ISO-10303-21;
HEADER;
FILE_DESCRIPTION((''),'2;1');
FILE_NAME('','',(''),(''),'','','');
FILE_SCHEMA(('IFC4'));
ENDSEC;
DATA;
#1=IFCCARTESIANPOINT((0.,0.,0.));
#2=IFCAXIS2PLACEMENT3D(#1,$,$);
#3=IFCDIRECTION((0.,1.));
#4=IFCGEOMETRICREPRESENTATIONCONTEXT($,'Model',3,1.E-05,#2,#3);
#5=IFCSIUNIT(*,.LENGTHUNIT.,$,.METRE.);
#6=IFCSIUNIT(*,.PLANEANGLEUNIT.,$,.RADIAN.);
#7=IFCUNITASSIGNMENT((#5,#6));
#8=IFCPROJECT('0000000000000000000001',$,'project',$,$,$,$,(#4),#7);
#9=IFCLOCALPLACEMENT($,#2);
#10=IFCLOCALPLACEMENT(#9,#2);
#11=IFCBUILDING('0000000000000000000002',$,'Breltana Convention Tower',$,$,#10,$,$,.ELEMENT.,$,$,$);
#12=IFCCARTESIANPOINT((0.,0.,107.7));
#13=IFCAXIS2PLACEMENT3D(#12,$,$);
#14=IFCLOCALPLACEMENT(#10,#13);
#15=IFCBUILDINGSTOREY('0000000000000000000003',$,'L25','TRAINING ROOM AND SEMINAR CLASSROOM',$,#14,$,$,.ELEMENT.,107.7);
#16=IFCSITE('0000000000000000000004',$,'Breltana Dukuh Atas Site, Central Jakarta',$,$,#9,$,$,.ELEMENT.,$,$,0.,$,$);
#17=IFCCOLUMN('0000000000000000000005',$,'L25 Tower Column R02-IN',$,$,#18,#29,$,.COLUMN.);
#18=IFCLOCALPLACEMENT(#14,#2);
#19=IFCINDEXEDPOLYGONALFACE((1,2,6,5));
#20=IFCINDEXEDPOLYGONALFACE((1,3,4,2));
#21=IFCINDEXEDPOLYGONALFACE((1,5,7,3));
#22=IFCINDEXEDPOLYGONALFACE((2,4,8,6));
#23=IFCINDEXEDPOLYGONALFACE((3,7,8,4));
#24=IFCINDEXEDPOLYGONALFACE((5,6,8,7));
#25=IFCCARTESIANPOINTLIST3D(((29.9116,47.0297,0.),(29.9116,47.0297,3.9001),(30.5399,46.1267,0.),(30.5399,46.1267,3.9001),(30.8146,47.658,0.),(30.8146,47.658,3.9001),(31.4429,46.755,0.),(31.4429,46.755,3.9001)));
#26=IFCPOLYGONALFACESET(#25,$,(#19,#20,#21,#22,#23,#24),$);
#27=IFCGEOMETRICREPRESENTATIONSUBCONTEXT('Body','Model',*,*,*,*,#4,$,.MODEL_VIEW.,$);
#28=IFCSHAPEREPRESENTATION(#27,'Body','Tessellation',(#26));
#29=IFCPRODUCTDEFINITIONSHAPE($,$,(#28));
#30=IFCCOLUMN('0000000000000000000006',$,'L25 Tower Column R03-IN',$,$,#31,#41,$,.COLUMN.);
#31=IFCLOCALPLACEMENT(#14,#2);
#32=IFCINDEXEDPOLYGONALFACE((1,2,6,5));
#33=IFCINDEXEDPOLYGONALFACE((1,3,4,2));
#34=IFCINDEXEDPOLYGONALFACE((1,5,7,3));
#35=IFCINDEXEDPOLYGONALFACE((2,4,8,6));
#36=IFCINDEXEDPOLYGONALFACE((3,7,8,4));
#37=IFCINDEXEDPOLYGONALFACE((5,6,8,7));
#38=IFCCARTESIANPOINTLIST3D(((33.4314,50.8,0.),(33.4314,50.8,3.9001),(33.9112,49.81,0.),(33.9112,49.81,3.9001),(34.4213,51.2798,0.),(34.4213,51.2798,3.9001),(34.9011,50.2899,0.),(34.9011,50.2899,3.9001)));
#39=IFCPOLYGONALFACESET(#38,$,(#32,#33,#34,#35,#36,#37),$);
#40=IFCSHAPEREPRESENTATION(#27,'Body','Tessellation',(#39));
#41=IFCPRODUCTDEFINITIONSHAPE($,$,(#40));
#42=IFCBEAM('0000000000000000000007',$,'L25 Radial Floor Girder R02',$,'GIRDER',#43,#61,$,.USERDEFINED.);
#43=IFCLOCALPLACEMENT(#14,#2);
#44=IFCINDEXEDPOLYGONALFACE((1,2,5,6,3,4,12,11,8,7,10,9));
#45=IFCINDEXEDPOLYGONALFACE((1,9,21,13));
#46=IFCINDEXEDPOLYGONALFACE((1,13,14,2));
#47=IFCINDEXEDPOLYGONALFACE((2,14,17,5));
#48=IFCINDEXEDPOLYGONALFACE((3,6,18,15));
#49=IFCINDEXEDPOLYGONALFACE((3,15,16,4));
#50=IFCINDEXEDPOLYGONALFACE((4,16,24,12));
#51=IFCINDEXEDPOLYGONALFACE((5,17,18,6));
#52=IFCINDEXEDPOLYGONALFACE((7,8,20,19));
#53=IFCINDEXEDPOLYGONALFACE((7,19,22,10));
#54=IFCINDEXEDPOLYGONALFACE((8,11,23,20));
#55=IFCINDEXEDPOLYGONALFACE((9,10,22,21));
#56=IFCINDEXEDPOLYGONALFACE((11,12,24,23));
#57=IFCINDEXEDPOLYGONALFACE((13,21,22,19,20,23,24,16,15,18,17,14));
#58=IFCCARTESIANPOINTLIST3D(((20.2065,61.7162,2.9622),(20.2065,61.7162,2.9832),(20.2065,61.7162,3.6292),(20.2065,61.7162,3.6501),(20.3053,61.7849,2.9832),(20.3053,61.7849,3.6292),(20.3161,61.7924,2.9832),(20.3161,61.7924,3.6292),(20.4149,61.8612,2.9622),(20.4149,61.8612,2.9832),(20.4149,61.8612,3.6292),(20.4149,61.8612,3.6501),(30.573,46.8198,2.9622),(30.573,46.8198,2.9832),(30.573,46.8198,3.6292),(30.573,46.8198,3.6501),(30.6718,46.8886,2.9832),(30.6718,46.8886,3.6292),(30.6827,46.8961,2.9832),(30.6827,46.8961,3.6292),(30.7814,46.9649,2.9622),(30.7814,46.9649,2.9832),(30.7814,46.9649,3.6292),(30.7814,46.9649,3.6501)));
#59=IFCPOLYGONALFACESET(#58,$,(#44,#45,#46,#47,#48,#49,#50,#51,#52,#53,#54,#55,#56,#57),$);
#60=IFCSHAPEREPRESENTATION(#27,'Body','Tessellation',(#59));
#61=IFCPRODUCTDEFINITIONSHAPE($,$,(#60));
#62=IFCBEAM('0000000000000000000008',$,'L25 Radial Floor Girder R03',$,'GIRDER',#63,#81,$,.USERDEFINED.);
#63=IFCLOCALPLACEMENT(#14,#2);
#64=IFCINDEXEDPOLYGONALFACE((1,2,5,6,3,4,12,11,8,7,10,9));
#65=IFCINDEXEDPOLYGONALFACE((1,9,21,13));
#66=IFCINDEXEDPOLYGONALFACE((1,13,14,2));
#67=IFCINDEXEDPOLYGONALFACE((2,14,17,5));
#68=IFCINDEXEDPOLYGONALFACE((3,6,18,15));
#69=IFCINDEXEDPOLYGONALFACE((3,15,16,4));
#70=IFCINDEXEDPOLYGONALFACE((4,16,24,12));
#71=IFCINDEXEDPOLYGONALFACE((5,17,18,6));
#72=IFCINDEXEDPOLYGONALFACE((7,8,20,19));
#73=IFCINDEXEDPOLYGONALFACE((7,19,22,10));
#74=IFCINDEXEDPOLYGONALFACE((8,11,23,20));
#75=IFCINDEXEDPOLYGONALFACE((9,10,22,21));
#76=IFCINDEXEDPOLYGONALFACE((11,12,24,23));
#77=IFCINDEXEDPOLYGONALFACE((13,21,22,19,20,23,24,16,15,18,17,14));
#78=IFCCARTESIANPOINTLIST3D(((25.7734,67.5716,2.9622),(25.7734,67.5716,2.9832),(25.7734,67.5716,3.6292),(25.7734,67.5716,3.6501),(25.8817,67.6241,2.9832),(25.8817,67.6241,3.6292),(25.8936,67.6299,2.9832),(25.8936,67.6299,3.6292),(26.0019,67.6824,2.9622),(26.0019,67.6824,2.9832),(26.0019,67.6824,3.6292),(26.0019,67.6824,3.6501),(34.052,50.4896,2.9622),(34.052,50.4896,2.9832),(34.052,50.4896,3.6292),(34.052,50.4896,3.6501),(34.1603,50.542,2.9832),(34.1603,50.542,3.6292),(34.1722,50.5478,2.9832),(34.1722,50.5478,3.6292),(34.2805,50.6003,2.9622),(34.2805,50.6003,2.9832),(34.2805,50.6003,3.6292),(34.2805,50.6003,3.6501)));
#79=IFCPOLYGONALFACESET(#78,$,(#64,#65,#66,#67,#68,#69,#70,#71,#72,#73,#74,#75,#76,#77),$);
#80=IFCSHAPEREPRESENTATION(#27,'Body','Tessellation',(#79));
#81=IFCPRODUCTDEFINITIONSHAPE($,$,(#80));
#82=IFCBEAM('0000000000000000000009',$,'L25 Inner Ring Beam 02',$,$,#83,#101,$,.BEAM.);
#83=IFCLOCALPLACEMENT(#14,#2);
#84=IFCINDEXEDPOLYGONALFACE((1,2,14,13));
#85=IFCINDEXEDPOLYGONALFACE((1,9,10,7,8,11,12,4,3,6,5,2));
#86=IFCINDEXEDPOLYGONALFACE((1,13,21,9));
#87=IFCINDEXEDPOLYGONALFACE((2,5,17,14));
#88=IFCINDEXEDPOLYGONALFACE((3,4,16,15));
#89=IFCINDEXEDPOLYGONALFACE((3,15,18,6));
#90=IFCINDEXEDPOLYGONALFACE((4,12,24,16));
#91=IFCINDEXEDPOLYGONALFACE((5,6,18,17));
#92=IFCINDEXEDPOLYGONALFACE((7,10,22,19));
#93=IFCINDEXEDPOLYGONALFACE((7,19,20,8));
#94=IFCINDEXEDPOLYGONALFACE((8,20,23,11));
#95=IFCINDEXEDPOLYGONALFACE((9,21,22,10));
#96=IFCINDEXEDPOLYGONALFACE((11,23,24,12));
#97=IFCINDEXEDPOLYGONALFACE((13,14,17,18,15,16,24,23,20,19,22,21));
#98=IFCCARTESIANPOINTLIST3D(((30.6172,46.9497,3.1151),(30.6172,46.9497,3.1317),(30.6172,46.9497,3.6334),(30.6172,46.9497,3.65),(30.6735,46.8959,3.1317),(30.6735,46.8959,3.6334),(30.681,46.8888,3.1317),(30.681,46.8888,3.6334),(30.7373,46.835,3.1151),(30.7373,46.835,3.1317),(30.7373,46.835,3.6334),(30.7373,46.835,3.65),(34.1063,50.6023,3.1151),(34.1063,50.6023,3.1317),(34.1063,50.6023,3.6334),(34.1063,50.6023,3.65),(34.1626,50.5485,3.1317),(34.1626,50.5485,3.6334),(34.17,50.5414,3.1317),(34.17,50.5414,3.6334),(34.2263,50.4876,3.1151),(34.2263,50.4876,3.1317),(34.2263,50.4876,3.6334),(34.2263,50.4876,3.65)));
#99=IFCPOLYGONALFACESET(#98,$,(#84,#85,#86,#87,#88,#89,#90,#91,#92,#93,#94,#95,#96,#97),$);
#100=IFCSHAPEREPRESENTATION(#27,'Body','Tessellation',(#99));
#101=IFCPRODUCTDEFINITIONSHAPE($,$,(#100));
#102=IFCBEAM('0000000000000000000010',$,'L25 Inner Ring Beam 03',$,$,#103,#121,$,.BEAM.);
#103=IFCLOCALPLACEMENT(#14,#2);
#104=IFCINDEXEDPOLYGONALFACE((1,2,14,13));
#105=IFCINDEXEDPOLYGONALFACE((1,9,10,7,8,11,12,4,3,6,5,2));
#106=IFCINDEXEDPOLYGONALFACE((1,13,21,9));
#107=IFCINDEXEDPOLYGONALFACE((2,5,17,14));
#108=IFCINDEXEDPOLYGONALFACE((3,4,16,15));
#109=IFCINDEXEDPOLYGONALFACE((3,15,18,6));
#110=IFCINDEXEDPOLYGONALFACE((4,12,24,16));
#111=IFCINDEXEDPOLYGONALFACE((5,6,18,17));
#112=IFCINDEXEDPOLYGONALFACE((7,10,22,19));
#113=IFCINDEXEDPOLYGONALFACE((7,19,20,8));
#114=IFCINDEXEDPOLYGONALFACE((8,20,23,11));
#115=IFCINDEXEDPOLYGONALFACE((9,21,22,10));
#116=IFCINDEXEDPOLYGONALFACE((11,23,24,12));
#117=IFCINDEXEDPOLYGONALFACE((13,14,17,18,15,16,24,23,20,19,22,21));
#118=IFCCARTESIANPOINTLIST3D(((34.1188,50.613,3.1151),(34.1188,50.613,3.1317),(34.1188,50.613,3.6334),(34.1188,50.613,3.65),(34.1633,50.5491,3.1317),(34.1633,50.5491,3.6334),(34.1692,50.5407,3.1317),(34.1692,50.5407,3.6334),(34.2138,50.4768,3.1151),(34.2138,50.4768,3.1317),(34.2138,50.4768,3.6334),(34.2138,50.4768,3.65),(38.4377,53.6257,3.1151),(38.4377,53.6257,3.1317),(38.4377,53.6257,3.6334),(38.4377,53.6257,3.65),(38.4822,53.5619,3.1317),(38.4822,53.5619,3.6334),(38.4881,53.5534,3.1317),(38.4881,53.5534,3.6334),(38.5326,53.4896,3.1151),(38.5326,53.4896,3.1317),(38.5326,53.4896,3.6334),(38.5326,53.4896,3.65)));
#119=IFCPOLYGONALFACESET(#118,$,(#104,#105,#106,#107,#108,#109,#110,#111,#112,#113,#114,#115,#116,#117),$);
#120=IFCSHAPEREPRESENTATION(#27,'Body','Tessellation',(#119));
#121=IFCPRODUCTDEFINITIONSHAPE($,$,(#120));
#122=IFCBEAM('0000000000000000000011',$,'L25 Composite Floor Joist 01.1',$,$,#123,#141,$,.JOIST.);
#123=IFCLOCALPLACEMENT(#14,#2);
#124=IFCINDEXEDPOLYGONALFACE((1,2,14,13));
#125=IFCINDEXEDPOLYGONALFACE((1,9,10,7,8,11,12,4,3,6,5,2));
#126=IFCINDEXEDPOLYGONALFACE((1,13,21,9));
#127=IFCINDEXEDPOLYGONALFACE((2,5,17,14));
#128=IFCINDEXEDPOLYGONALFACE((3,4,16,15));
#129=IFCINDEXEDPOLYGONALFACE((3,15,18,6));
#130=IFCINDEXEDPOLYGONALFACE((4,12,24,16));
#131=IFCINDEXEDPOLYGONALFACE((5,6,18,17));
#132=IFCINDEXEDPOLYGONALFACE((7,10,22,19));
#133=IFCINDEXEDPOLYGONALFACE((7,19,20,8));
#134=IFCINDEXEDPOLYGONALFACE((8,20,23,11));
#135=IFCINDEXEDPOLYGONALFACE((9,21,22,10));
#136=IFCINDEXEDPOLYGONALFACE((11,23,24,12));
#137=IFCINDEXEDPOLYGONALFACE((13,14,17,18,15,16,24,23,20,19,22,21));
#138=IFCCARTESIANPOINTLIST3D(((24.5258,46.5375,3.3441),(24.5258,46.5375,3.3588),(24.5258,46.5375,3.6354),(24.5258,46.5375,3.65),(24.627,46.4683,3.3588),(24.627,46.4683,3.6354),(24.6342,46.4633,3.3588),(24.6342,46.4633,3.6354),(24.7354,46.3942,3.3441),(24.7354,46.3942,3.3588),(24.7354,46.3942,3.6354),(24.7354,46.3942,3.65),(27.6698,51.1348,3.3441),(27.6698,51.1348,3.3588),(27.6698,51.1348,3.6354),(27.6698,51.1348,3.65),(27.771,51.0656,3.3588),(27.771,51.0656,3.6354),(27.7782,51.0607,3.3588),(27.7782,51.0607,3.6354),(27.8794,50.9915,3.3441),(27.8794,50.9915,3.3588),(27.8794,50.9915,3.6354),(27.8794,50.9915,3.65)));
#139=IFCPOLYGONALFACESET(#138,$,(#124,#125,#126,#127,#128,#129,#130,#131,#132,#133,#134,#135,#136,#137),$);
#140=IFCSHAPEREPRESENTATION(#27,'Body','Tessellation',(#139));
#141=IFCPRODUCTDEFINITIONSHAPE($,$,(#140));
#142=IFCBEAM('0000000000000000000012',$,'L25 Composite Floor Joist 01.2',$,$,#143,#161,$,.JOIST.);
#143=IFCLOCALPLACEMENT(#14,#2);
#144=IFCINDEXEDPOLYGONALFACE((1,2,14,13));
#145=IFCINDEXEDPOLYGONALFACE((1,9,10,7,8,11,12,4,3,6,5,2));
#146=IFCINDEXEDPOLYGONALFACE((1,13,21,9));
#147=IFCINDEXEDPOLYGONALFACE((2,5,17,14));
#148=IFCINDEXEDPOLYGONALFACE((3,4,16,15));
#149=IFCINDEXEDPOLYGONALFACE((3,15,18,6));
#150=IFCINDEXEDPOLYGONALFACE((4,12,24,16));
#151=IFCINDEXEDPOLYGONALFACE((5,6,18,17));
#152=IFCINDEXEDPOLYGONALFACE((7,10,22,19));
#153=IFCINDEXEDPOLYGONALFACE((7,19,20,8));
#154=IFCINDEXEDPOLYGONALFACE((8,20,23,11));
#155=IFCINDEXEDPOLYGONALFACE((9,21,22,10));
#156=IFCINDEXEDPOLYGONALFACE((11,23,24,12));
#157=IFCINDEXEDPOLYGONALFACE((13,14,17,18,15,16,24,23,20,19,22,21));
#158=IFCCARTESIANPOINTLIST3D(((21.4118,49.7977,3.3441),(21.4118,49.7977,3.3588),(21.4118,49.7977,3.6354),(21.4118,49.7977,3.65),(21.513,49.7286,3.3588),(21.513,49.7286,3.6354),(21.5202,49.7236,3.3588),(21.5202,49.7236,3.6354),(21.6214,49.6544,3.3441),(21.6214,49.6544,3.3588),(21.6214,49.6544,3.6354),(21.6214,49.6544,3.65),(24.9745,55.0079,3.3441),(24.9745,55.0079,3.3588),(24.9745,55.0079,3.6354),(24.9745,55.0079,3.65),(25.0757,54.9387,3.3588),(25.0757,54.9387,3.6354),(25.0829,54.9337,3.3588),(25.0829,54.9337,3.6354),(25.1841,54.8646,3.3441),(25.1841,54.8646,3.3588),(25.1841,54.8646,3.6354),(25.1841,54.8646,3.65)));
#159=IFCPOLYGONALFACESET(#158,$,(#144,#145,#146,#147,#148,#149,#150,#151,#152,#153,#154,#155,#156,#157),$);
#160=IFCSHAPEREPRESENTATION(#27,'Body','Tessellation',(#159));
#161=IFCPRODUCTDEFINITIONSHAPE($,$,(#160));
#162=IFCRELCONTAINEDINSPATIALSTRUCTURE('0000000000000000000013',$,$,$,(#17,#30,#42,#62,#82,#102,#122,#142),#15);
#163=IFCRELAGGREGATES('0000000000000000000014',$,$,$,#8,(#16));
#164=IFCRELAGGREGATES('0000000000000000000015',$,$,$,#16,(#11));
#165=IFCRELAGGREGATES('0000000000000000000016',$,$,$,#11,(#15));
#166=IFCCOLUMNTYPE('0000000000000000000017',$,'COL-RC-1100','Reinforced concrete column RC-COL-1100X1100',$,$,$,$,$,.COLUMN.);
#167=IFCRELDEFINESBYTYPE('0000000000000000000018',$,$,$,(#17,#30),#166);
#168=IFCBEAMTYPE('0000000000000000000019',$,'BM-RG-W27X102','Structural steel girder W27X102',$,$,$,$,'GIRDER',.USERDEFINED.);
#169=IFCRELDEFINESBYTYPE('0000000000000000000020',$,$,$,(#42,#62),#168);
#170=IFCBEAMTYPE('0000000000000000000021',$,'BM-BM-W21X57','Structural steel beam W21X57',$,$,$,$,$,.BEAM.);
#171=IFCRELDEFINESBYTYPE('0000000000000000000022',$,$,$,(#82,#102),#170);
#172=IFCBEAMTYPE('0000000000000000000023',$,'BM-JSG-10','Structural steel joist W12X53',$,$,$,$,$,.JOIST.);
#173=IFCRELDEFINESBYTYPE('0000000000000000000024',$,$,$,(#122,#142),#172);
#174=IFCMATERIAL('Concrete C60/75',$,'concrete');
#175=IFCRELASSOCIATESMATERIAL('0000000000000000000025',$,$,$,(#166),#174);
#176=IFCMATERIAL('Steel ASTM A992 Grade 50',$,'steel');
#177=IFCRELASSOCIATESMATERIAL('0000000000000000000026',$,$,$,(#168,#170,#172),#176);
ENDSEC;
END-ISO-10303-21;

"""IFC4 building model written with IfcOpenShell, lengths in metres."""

from ifc_helpers import new_model, si_unit, direction, frame, origin, origin_2d, place, context, subcontext, project, spatial, rectangle, i_section, extrude, source, transform, mapped, material, material_profile, profile_set, type_object, element, save


model = new_model("IFC4")

# Units and contexts
model_context = context("Model", 3, precision=1e-05, world=origin(), true_north=direction((0.0, 1.0)))
body_context = subcontext(model_context, "Body", "Model", "MODEL_VIEW")
ifc_project = project(units=[si_unit("LENGTHUNIT", "METRE"), si_unit("PLANEANGLEUNIT", "RADIAN")], contexts=[model_context])

# Site, building, storey
site_placement = place(None, origin())
site = spatial("IfcSite", under=ifc_project, at=site_placement, Name="Breltana Dukuh Atas Site, Central Jakarta", CompositionType="ELEMENT", RefElevation=0.0)
building_placement = place(site_placement, origin())
building = spatial("IfcBuilding", under=site, at=building_placement, Name="Breltana Convention Tower", CompositionType="ELEMENT")
storey_placement = place(building_placement, frame((0.0, 0.0, 107.7)))
storey = spatial("IfcBuildingStorey", under=building, at=storey_placement, Name="L25", Description="TRAINING ROOM AND SEMINAR CLASSROOM", CompositionType="ELEMENT", Elevation=107.7)

# Columns
ifc_material_1 = material(Name="Concrete C60/75", Category="concrete")
ifc_material_profile_1 = material_profile(ifc_material_1, rectangle(XDim=1.1001, YDim=1.1001, at=origin_2d()), Name="RC-COL-1100X1100")
ifc_profile_set_1 = profile_set([ifc_material_profile_1], Name="Concrete C60/75")
column_type = type_object("IfcColumnType", Name="COL-RC-1100", Description="Reinforced concrete column RC-COL-1100X1100", PredefinedType="COLUMN", material=ifc_profile_set_1)
shared_shape_1 = source(origin(), body_context, "Body", "SweptSolid", [
    extrude(rectangle(XDim=1.1001, YDim=1.1001, at=origin_2d()), origin(), (0.0, 0.0, 1.0), 3.9001),
])
for number, where, z_axis, x_axis, name in (
    (1, (30.6772, 46.8923, 0.0), (0.0, 0.0, 1.0), (-0.571143, 0.82085, 0.0), "L25 Tower Column R02-IN"),
    (2, (34.1663, 50.5449, 0.0), (0.0, 0.0, 1.0), (-0.436174, 0.899863, 0.0), "L25 Tower Column R03-IN"),
):
    element("IfcColumn", number, at=place(storey_placement, frame(where, z_axis=z_axis, x_axis=x_axis)), inside=storey, type_object=column_type, Name=name, PredefinedType="COLUMN", context=body_context, shape_type="MappedRepresentation", body=[
        mapped(shared_shape_1, transform((0.0, 0.0, 0.0), scale=1.0)),
    ])

# Beams
ifc_material_2 = material(Name="Steel ASTM A992 Grade 50", Category="steel")
ifc_material_profile_2 = material_profile(ifc_material_2, i_section(OverallWidth=0.2539, OverallDepth=0.688, WebThickness=0.0132, FlangeThickness=0.021, at=origin_2d()), Name="W27X102")
ifc_profile_set_2 = profile_set([ifc_material_profile_2], Name="Steel ASTM A992 Grade 50")
beam_type_1 = type_object("IfcBeamType", Name="BM-RG-W27X102", Description="Structural steel girder W27X102", ElementType="GIRDER", PredefinedType="USERDEFINED", material=ifc_profile_set_2)
shared_shape_2 = source(origin(), body_context, "Body", "SweptSolid", [
    extrude(i_section(OverallWidth=0.2539, OverallDepth=0.688, WebThickness=0.0132, FlangeThickness=0.021, at=origin_2d()), origin(), (0.0, 0.0, 1.0), 18.1484),
])
beam_1_placement = place(storey_placement, frame((30.6772, 46.8923, 3.3062), z_axis=(-0.571208, 0.820806, 0.0), x_axis=(-0.820806, -0.571208, 0.0)))
element("IfcBeam", 3, at=beam_1_placement, inside=storey, type_object=beam_type_1, Name="L25 Radial Floor Girder R02", ObjectType="GIRDER", PredefinedType="USERDEFINED", context=body_context, shape_type="MappedRepresentation", body=[
    mapped(shared_shape_2, transform((0.0, 0.0, 0.0), scale=1.0)),
])
shared_shape_3 = source(origin(), body_context, "Body", "SweptSolid", [
    extrude(i_section(OverallWidth=0.2539, OverallDepth=0.688, WebThickness=0.0132, FlangeThickness=0.021, at=origin_2d()), origin(), (0.0, 0.0, 1.0), 18.9824),
])
beam_2_placement = place(storey_placement, frame((34.1663, 50.5449, 3.3062), z_axis=(-0.436119, 0.899889, 0.0), x_axis=(-0.899889, -0.436119, 0.0)))
element("IfcBeam", 4, at=beam_2_placement, inside=storey, type_object=beam_type_1, Name="L25 Radial Floor Girder R03", ObjectType="GIRDER", PredefinedType="USERDEFINED", context=body_context, shape_type="MappedRepresentation", body=[
    mapped(shared_shape_3, transform((0.0, 0.0, 0.0), scale=1.0)),
])
ifc_material_profile_3 = material_profile(ifc_material_2, i_section(OverallWidth=0.166, OverallDepth=0.5349, WebThickness=0.0103, FlangeThickness=0.0166, at=origin_2d()), Name="W21X57")
ifc_profile_set_3 = profile_set([ifc_material_profile_3], Name="Steel ASTM A992 Grade 50")
beam_type_2 = type_object("IfcBeamType", Name="BM-BM-W21X57", Description="Structural steel beam W21X57", PredefinedType="BEAM", material=ifc_profile_set_3)
shared_shape_4 = source(origin(), body_context, "Body", "SweptSolid", [
    extrude(i_section(OverallWidth=0.166, OverallDepth=0.5349, WebThickness=0.0103, FlangeThickness=0.0166, at=origin_2d()), origin(), (0.0, 0.0, 1.0), 5.0513),
])
beam_3_placement = place(storey_placement, frame((30.6772, 46.8923, 3.3826), z_axis=(0.69073, 0.723113, 0.0), x_axis=(-0.723113, 0.69073, 0.0)))
element("IfcBeam", 5, at=beam_3_placement, inside=storey, type_object=beam_type_2, Name="L25 Inner Ring Beam 02", PredefinedType="BEAM", context=body_context, shape_type="MappedRepresentation", body=[
    mapped(shared_shape_4, transform((0.0, 0.0, 0.0), scale=1.0)),
])
shared_shape_5 = source(origin(), body_context, "Body", "SweptSolid", [
    extrude(i_section(OverallWidth=0.166, OverallDepth=0.5349, WebThickness=0.0103, FlangeThickness=0.0166, at=origin_2d()), origin(), (0.0, 0.0, 1.0), 5.2659),
])
beam_4_placement = place(storey_placement, frame((34.1663, 50.5449, 3.3826), z_axis=(0.820167, 0.572124, 0.0), x_axis=(-0.572124, 0.820167, 0.0)))
element("IfcBeam", 6, at=beam_4_placement, inside=storey, type_object=beam_type_2, Name="L25 Inner Ring Beam 03", PredefinedType="BEAM", context=body_context, shape_type="MappedRepresentation", body=[
    mapped(shared_shape_5, transform((0.0, 0.0, 0.0), scale=1.0)),
])
ifc_material_profile_4 = material_profile(ifc_material_2, i_section(OverallWidth=0.2539, OverallDepth=0.3059, WebThickness=0.0088, FlangeThickness=0.0146, at=origin_2d()), Name="W12X53")
ifc_profile_set_4 = profile_set([ifc_material_profile_4], Name="Steel ASTM A992 Grade 50")
beam_type_3 = type_object("IfcBeamType", Name="BM-JSG-10", Description="Structural steel joist W12X53", PredefinedType="JOIST", material=ifc_profile_set_4)
shared_shape_6 = source(origin(), body_context, "Body", "SweptSolid", [
    extrude(i_section(OverallWidth=0.2539, OverallDepth=0.3059, WebThickness=0.0088, FlangeThickness=0.0146, at=origin_2d()), origin(), (0.0, 0.0, 1.0), 5.5696),
])
beam_5_placement = place(storey_placement, frame((24.6306, 46.4658, 3.4971), z_axis=(0.564494, 0.825437, 0.0), x_axis=(-0.825437, 0.564494, 0.0)))
element("IfcBeam", 7, at=beam_5_placement, inside=storey, type_object=beam_type_3, Name="L25 Composite Floor Joist 01.1", PredefinedType="JOIST", context=body_context, shape_type="MappedRepresentation", body=[
    mapped(shared_shape_6, transform((0.0, 0.0, 0.0), scale=1.0)),
])
shared_shape_7 = source(origin(), body_context, "Body", "SweptSolid", [
    extrude(i_section(OverallWidth=0.2539, OverallDepth=0.3059, WebThickness=0.0088, FlangeThickness=0.0146, at=origin_2d()), origin(), (0.0, 0.0, 1.0), 6.3118),
])
beam_6_placement = place(storey_placement, frame((21.5166, 49.7261, 3.4971), z_axis=(0.564454, 0.825465, 0.0), x_axis=(-0.825465, 0.564454, 0.0)))
element("IfcBeam", 8, at=beam_6_placement, inside=storey, type_object=beam_type_3, Name="L25 Composite Floor Joist 01.2", PredefinedType="JOIST", context=body_context, shape_type="MappedRepresentation", body=[
    mapped(shared_shape_7, transform((0.0, 0.0, 0.0), scale=1.0)),
])

save(model, "model.ifc")
